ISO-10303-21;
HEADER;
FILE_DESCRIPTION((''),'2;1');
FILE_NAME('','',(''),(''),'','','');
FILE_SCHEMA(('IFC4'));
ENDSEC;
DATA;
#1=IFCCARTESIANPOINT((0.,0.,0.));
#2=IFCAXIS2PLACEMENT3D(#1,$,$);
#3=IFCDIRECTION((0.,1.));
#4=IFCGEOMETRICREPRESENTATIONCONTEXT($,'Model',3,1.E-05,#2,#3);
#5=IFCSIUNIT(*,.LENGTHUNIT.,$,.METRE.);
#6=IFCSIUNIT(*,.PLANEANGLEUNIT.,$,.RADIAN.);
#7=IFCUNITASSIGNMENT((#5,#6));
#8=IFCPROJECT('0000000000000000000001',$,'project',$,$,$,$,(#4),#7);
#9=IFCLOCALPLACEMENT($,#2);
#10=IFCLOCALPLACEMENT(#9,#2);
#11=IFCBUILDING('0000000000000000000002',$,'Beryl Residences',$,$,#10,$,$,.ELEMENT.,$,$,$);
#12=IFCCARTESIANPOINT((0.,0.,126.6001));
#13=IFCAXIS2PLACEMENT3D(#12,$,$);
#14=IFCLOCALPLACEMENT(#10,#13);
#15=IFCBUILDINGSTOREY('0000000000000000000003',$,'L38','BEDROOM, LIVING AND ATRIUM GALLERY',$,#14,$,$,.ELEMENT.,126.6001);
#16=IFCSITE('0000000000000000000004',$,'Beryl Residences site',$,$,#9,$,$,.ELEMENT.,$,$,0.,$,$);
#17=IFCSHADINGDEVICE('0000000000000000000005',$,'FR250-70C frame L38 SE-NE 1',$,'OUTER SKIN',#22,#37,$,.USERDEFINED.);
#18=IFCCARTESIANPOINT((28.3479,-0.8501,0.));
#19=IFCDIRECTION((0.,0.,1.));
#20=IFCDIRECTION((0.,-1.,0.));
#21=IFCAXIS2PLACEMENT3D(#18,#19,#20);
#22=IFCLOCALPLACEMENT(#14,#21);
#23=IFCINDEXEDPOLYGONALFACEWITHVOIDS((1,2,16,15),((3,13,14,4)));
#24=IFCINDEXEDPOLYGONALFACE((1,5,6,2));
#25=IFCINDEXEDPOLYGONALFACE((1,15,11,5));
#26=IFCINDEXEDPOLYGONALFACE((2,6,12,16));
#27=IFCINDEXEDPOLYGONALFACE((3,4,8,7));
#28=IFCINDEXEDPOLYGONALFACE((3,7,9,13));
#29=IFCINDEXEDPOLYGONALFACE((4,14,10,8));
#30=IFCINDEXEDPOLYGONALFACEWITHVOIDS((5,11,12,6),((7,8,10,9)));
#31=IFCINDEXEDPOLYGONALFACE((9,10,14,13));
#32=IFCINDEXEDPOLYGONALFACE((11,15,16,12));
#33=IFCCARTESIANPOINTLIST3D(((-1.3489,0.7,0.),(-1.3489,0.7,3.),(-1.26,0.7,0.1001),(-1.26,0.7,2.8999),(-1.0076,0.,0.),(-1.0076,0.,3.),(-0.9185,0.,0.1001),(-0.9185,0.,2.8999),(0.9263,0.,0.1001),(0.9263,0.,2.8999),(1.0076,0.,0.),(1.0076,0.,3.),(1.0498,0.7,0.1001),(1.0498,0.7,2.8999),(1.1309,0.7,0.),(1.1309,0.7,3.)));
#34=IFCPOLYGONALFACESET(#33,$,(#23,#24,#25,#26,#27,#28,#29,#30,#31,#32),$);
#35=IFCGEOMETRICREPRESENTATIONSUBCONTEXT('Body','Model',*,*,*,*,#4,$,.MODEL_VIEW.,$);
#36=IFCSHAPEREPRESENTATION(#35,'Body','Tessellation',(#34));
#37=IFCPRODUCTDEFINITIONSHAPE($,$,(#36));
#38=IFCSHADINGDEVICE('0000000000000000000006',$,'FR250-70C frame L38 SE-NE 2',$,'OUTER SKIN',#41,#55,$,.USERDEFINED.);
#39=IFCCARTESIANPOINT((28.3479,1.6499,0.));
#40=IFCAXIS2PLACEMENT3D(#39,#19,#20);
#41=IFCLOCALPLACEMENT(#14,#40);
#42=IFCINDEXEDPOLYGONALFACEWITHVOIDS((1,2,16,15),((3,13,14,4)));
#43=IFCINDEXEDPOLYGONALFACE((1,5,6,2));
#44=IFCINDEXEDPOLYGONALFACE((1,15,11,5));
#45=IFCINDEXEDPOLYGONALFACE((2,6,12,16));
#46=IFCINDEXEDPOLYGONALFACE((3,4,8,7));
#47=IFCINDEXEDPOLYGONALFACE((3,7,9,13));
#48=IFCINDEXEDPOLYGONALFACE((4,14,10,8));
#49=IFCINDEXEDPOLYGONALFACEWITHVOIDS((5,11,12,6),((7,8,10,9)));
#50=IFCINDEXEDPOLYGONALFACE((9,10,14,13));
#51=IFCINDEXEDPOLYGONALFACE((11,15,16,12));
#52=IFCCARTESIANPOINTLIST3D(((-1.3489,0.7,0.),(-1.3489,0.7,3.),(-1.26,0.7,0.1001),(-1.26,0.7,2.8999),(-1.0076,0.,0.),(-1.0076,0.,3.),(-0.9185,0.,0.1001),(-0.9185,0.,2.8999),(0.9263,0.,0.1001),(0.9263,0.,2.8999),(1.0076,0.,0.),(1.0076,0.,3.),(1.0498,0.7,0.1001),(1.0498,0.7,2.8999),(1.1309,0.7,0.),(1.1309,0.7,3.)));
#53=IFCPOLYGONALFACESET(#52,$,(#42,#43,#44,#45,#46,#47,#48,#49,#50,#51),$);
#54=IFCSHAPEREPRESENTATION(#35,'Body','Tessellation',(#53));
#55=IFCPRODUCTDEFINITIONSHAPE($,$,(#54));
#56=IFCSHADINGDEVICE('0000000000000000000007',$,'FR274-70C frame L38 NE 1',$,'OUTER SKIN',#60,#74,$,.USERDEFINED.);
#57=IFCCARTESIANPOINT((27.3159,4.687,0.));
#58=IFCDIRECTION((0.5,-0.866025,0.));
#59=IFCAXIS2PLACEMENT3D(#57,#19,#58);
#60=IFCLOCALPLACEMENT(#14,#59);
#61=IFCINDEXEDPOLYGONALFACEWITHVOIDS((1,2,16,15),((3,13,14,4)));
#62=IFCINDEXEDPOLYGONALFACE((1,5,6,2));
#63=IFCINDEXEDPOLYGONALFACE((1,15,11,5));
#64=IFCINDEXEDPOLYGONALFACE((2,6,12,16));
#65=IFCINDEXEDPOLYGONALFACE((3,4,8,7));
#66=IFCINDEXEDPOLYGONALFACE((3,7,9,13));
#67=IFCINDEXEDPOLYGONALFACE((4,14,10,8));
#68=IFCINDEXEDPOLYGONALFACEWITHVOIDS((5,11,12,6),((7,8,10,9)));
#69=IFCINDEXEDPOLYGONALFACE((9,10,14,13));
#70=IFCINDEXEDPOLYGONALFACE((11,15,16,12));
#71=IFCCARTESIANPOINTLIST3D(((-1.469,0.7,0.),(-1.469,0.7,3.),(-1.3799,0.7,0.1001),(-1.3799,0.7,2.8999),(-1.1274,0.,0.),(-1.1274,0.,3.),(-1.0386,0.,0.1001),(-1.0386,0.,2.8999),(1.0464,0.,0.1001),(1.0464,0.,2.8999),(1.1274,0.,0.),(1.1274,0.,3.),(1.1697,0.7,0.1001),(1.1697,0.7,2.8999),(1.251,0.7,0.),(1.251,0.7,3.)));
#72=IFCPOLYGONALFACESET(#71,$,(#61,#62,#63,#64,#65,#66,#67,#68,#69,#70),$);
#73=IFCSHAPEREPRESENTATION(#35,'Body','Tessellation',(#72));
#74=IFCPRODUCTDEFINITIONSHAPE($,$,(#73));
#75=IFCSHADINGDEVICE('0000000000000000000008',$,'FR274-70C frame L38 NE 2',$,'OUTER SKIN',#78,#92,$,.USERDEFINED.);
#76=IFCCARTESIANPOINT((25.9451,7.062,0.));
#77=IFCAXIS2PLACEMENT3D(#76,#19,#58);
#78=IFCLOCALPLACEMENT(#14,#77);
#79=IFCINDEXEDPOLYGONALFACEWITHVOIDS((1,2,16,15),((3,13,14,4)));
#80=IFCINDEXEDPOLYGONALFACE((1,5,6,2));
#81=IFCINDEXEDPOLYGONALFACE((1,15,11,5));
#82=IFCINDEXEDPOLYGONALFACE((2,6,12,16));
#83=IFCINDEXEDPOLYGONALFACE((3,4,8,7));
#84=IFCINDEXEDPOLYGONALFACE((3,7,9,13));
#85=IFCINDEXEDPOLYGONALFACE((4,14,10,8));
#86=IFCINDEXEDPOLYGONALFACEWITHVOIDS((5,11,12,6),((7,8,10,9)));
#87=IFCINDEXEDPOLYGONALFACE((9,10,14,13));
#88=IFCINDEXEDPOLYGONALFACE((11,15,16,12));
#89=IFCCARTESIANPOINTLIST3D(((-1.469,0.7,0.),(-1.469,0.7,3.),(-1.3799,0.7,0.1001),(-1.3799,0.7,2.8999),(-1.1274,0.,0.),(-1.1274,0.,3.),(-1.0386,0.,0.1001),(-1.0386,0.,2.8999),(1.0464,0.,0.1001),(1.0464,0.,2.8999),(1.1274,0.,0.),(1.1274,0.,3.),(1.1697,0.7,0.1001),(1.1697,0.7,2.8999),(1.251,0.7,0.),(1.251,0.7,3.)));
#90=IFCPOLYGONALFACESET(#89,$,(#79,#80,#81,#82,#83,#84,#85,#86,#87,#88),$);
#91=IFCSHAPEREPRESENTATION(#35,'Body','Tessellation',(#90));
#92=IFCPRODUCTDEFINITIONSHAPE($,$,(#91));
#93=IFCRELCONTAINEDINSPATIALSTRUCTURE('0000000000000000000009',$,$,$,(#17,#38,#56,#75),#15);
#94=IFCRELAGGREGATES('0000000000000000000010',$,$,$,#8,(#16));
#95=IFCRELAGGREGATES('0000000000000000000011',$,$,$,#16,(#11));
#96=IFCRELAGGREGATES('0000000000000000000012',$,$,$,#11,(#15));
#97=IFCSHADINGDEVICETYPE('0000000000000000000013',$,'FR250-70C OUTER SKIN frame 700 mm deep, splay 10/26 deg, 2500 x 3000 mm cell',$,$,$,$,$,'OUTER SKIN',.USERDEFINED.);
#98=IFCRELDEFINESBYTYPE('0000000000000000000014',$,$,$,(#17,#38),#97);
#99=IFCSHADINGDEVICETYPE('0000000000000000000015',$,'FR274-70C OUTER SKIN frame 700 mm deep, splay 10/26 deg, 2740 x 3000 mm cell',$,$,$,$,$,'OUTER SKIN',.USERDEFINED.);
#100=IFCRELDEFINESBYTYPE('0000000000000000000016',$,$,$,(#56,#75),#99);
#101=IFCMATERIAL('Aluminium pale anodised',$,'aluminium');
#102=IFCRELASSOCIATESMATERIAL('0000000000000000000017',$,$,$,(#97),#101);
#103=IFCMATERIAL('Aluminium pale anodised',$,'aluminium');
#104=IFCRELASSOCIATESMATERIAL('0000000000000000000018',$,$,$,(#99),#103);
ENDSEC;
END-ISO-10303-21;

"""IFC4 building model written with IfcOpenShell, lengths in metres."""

from ifc_helpers import new_model, entity, si_unit, direction, frame, origin, place, context, subcontext, project, spatial, source, transform, mapped, material, type_object, type_shapes, element, save


model = new_model("IFC4")

# Units and contexts
model_context = context("Model", 3, precision=1e-05, world=origin(), true_north=direction((0.0, 1.0)))
body_context = subcontext(model_context, "Body", "Model", "MODEL_VIEW")
ifc_project = project(units=[si_unit("LENGTHUNIT", "METRE"), si_unit("PLANEANGLEUNIT", "RADIAN")], contexts=[model_context])

# Site, building, storey
site_placement = place(None, origin())
site = spatial("IfcSite", under=ifc_project, at=site_placement, Name="Beryl Residences site", CompositionType="ELEMENT", RefElevation=0.0)
building_placement = place(site_placement, origin())
building = spatial("IfcBuilding", under=site, at=building_placement, Name="Beryl Residences", CompositionType="ELEMENT")
storey_placement = place(building_placement, frame((0.0, 0.0, 126.6001)))
storey = spatial("IfcBuildingStorey", under=building, at=storey_placement, Name="L38", Description="BEDROOM, LIVING AND ATRIUM GALLERY", CompositionType="ELEMENT", Elevation=126.6001)

# Shading devices
ifc_material_1 = material(Name="Aluminium pale anodised", Category="aluminium")
shading_device_type_1 = type_object("IfcShadingDeviceType", Name="FR250-70C OUTER SKIN frame 700 mm deep, splay 10/26 deg, 2500 x 3000 mm cell", ElementType="OUTER SKIN", PredefinedType="USERDEFINED", material=ifc_material_1)
cartesian_point_1 = entity("IfcCartesianPoint", [-1.0076, 0.0])
cartesian_point_2 = entity("IfcCartesianPoint", [-0.9263, 0.1001])
cartesian_point_3 = entity("IfcCartesianPoint", [-1.1309, 0.0])
cartesian_point_4 = entity("IfcCartesianPoint", [-1.0498, 0.1001])
shared_shape_1 = source(origin(), body_context, "Body", "SweptSolid", [
    entity("IfcExtrudedAreaSolidTapered", entity("IfcArbitraryProfileDefWithVoids", "AREA", None, entity("IfcPolyline", [cartesian_point_1, entity("IfcCartesianPoint", [1.0076, 0.0]), entity("IfcCartesianPoint", [1.0076, 3.0]), entity("IfcCartesianPoint", [-1.0076, 3.0]), cartesian_point_1]), [entity("IfcPolyline", [cartesian_point_2, entity("IfcCartesianPoint", [0.9185, 0.1001]), entity("IfcCartesianPoint", [0.9185, 2.8999]), entity("IfcCartesianPoint", [-0.9263, 2.8999]), cartesian_point_2])]), entity("IfcAxis2Placement3D", entity("IfcCartesianPoint", [0.0, 0.0, 0.0]), entity("IfcDirection", [0.0, 1.0, 0.0]), entity("IfcDirection", [-1.0, 0.0, 0.0])), entity("IfcDirection", [0.0, 0.0, 1.0]), 0.7, entity("IfcArbitraryProfileDefWithVoids", "AREA", None, entity("IfcPolyline", [cartesian_point_3, entity("IfcCartesianPoint", [1.3489, 0.0]), entity("IfcCartesianPoint", [1.3489, 3.0]), entity("IfcCartesianPoint", [-1.1309, 3.0]), cartesian_point_3]), [entity("IfcPolyline", [cartesian_point_4, entity("IfcCartesianPoint", [1.26, 0.1001]), entity("IfcCartesianPoint", [1.26, 2.8999]), entity("IfcCartesianPoint", [-1.0498, 2.8999]), cartesian_point_4])])),
])
type_shapes(shading_device_type_1, [shared_shape_1])
for number, where, z_axis, x_axis, name in (
    (1, (28.3479, -0.8501, 0.0), (0.0, 0.0, 1.0), (0.0, -1.0, 0.0), "FR250-70C frame L38 SE-NE 1"),
    (2, (28.3479, 1.6499, 0.0), (0.0, 0.0, 1.0), (0.0, -1.0, 0.0), "FR250-70C frame L38 SE-NE 2"),
):
    element("IfcShadingDevice", number, at=place(storey_placement, frame(where, z_axis=z_axis, x_axis=x_axis)), inside=storey, type_object=shading_device_type_1, Name=name, ObjectType="OUTER SKIN", PredefinedType="USERDEFINED", context=body_context, shape_type="MappedRepresentation", body=[
        mapped(shared_shape_1, transform((0.0, 0.0, 0.0))),
    ])
ifc_material_2 = material(Name="Aluminium pale anodised", Category="aluminium")
shading_device_type_2 = type_object("IfcShadingDeviceType", Name="FR274-70C OUTER SKIN frame 700 mm deep, splay 10/26 deg, 2740 x 3000 mm cell", ElementType="OUTER SKIN", PredefinedType="USERDEFINED", material=ifc_material_2)
cartesian_point_5 = entity("IfcCartesianPoint", [-1.1274, 0.0])
cartesian_point_6 = entity("IfcCartesianPoint", [-1.0464, 0.1001])
cartesian_point_7 = entity("IfcCartesianPoint", [-1.251, 0.0])
cartesian_point_8 = entity("IfcCartesianPoint", [-1.1697, 0.1001])
shared_shape_2 = source(origin(), body_context, "Body", "SweptSolid", [
    entity("IfcExtrudedAreaSolidTapered", entity("IfcArbitraryProfileDefWithVoids", "AREA", None, entity("IfcPolyline", [cartesian_point_5, entity("IfcCartesianPoint", [1.1274, 0.0]), entity("IfcCartesianPoint", [1.1274, 3.0]), entity("IfcCartesianPoint", [-1.1274, 3.0]), cartesian_point_5]), [entity("IfcPolyline", [cartesian_point_6, entity("IfcCartesianPoint", [1.0386, 0.1001]), entity("IfcCartesianPoint", [1.0386, 2.8999]), entity("IfcCartesianPoint", [-1.0464, 2.8999]), cartesian_point_6])]), entity("IfcAxis2Placement3D", entity("IfcCartesianPoint", [0.0, 0.0, 0.0]), entity("IfcDirection", [0.0, 1.0, 0.0]), entity("IfcDirection", [-1.0, 0.0, 0.0])), entity("IfcDirection", [0.0, 0.0, 1.0]), 0.7, entity("IfcArbitraryProfileDefWithVoids", "AREA", None, entity("IfcPolyline", [cartesian_point_7, entity("IfcCartesianPoint", [1.469, 0.0]), entity("IfcCartesianPoint", [1.469, 3.0]), entity("IfcCartesianPoint", [-1.251, 3.0]), cartesian_point_7]), [entity("IfcPolyline", [cartesian_point_8, entity("IfcCartesianPoint", [1.3799, 0.1001]), entity("IfcCartesianPoint", [1.3799, 2.8999]), entity("IfcCartesianPoint", [-1.1697, 2.8999]), cartesian_point_8])])),
])
type_shapes(shading_device_type_2, [shared_shape_2])
for number, where, z_axis, x_axis, name in (
    (3, (27.3159, 4.687, 0.0), (0.0, 0.0, 1.0), (0.5, -0.866025, 0.0), "FR274-70C frame L38 NE 1"),
    (4, (25.9451, 7.062, 0.0), (0.0, 0.0, 1.0), (0.5, -0.866025, 0.0), "FR274-70C frame L38 NE 2"),
):
    element("IfcShadingDevice", number, at=place(storey_placement, frame(where, z_axis=z_axis, x_axis=x_axis)), inside=storey, type_object=shading_device_type_2, Name=name, ObjectType="OUTER SKIN", PredefinedType="USERDEFINED", context=body_context, shape_type="MappedRepresentation", body=[
        mapped(shared_shape_2, transform((0.0, 0.0, 0.0))),
    ])

save(model, "model.ifc")
